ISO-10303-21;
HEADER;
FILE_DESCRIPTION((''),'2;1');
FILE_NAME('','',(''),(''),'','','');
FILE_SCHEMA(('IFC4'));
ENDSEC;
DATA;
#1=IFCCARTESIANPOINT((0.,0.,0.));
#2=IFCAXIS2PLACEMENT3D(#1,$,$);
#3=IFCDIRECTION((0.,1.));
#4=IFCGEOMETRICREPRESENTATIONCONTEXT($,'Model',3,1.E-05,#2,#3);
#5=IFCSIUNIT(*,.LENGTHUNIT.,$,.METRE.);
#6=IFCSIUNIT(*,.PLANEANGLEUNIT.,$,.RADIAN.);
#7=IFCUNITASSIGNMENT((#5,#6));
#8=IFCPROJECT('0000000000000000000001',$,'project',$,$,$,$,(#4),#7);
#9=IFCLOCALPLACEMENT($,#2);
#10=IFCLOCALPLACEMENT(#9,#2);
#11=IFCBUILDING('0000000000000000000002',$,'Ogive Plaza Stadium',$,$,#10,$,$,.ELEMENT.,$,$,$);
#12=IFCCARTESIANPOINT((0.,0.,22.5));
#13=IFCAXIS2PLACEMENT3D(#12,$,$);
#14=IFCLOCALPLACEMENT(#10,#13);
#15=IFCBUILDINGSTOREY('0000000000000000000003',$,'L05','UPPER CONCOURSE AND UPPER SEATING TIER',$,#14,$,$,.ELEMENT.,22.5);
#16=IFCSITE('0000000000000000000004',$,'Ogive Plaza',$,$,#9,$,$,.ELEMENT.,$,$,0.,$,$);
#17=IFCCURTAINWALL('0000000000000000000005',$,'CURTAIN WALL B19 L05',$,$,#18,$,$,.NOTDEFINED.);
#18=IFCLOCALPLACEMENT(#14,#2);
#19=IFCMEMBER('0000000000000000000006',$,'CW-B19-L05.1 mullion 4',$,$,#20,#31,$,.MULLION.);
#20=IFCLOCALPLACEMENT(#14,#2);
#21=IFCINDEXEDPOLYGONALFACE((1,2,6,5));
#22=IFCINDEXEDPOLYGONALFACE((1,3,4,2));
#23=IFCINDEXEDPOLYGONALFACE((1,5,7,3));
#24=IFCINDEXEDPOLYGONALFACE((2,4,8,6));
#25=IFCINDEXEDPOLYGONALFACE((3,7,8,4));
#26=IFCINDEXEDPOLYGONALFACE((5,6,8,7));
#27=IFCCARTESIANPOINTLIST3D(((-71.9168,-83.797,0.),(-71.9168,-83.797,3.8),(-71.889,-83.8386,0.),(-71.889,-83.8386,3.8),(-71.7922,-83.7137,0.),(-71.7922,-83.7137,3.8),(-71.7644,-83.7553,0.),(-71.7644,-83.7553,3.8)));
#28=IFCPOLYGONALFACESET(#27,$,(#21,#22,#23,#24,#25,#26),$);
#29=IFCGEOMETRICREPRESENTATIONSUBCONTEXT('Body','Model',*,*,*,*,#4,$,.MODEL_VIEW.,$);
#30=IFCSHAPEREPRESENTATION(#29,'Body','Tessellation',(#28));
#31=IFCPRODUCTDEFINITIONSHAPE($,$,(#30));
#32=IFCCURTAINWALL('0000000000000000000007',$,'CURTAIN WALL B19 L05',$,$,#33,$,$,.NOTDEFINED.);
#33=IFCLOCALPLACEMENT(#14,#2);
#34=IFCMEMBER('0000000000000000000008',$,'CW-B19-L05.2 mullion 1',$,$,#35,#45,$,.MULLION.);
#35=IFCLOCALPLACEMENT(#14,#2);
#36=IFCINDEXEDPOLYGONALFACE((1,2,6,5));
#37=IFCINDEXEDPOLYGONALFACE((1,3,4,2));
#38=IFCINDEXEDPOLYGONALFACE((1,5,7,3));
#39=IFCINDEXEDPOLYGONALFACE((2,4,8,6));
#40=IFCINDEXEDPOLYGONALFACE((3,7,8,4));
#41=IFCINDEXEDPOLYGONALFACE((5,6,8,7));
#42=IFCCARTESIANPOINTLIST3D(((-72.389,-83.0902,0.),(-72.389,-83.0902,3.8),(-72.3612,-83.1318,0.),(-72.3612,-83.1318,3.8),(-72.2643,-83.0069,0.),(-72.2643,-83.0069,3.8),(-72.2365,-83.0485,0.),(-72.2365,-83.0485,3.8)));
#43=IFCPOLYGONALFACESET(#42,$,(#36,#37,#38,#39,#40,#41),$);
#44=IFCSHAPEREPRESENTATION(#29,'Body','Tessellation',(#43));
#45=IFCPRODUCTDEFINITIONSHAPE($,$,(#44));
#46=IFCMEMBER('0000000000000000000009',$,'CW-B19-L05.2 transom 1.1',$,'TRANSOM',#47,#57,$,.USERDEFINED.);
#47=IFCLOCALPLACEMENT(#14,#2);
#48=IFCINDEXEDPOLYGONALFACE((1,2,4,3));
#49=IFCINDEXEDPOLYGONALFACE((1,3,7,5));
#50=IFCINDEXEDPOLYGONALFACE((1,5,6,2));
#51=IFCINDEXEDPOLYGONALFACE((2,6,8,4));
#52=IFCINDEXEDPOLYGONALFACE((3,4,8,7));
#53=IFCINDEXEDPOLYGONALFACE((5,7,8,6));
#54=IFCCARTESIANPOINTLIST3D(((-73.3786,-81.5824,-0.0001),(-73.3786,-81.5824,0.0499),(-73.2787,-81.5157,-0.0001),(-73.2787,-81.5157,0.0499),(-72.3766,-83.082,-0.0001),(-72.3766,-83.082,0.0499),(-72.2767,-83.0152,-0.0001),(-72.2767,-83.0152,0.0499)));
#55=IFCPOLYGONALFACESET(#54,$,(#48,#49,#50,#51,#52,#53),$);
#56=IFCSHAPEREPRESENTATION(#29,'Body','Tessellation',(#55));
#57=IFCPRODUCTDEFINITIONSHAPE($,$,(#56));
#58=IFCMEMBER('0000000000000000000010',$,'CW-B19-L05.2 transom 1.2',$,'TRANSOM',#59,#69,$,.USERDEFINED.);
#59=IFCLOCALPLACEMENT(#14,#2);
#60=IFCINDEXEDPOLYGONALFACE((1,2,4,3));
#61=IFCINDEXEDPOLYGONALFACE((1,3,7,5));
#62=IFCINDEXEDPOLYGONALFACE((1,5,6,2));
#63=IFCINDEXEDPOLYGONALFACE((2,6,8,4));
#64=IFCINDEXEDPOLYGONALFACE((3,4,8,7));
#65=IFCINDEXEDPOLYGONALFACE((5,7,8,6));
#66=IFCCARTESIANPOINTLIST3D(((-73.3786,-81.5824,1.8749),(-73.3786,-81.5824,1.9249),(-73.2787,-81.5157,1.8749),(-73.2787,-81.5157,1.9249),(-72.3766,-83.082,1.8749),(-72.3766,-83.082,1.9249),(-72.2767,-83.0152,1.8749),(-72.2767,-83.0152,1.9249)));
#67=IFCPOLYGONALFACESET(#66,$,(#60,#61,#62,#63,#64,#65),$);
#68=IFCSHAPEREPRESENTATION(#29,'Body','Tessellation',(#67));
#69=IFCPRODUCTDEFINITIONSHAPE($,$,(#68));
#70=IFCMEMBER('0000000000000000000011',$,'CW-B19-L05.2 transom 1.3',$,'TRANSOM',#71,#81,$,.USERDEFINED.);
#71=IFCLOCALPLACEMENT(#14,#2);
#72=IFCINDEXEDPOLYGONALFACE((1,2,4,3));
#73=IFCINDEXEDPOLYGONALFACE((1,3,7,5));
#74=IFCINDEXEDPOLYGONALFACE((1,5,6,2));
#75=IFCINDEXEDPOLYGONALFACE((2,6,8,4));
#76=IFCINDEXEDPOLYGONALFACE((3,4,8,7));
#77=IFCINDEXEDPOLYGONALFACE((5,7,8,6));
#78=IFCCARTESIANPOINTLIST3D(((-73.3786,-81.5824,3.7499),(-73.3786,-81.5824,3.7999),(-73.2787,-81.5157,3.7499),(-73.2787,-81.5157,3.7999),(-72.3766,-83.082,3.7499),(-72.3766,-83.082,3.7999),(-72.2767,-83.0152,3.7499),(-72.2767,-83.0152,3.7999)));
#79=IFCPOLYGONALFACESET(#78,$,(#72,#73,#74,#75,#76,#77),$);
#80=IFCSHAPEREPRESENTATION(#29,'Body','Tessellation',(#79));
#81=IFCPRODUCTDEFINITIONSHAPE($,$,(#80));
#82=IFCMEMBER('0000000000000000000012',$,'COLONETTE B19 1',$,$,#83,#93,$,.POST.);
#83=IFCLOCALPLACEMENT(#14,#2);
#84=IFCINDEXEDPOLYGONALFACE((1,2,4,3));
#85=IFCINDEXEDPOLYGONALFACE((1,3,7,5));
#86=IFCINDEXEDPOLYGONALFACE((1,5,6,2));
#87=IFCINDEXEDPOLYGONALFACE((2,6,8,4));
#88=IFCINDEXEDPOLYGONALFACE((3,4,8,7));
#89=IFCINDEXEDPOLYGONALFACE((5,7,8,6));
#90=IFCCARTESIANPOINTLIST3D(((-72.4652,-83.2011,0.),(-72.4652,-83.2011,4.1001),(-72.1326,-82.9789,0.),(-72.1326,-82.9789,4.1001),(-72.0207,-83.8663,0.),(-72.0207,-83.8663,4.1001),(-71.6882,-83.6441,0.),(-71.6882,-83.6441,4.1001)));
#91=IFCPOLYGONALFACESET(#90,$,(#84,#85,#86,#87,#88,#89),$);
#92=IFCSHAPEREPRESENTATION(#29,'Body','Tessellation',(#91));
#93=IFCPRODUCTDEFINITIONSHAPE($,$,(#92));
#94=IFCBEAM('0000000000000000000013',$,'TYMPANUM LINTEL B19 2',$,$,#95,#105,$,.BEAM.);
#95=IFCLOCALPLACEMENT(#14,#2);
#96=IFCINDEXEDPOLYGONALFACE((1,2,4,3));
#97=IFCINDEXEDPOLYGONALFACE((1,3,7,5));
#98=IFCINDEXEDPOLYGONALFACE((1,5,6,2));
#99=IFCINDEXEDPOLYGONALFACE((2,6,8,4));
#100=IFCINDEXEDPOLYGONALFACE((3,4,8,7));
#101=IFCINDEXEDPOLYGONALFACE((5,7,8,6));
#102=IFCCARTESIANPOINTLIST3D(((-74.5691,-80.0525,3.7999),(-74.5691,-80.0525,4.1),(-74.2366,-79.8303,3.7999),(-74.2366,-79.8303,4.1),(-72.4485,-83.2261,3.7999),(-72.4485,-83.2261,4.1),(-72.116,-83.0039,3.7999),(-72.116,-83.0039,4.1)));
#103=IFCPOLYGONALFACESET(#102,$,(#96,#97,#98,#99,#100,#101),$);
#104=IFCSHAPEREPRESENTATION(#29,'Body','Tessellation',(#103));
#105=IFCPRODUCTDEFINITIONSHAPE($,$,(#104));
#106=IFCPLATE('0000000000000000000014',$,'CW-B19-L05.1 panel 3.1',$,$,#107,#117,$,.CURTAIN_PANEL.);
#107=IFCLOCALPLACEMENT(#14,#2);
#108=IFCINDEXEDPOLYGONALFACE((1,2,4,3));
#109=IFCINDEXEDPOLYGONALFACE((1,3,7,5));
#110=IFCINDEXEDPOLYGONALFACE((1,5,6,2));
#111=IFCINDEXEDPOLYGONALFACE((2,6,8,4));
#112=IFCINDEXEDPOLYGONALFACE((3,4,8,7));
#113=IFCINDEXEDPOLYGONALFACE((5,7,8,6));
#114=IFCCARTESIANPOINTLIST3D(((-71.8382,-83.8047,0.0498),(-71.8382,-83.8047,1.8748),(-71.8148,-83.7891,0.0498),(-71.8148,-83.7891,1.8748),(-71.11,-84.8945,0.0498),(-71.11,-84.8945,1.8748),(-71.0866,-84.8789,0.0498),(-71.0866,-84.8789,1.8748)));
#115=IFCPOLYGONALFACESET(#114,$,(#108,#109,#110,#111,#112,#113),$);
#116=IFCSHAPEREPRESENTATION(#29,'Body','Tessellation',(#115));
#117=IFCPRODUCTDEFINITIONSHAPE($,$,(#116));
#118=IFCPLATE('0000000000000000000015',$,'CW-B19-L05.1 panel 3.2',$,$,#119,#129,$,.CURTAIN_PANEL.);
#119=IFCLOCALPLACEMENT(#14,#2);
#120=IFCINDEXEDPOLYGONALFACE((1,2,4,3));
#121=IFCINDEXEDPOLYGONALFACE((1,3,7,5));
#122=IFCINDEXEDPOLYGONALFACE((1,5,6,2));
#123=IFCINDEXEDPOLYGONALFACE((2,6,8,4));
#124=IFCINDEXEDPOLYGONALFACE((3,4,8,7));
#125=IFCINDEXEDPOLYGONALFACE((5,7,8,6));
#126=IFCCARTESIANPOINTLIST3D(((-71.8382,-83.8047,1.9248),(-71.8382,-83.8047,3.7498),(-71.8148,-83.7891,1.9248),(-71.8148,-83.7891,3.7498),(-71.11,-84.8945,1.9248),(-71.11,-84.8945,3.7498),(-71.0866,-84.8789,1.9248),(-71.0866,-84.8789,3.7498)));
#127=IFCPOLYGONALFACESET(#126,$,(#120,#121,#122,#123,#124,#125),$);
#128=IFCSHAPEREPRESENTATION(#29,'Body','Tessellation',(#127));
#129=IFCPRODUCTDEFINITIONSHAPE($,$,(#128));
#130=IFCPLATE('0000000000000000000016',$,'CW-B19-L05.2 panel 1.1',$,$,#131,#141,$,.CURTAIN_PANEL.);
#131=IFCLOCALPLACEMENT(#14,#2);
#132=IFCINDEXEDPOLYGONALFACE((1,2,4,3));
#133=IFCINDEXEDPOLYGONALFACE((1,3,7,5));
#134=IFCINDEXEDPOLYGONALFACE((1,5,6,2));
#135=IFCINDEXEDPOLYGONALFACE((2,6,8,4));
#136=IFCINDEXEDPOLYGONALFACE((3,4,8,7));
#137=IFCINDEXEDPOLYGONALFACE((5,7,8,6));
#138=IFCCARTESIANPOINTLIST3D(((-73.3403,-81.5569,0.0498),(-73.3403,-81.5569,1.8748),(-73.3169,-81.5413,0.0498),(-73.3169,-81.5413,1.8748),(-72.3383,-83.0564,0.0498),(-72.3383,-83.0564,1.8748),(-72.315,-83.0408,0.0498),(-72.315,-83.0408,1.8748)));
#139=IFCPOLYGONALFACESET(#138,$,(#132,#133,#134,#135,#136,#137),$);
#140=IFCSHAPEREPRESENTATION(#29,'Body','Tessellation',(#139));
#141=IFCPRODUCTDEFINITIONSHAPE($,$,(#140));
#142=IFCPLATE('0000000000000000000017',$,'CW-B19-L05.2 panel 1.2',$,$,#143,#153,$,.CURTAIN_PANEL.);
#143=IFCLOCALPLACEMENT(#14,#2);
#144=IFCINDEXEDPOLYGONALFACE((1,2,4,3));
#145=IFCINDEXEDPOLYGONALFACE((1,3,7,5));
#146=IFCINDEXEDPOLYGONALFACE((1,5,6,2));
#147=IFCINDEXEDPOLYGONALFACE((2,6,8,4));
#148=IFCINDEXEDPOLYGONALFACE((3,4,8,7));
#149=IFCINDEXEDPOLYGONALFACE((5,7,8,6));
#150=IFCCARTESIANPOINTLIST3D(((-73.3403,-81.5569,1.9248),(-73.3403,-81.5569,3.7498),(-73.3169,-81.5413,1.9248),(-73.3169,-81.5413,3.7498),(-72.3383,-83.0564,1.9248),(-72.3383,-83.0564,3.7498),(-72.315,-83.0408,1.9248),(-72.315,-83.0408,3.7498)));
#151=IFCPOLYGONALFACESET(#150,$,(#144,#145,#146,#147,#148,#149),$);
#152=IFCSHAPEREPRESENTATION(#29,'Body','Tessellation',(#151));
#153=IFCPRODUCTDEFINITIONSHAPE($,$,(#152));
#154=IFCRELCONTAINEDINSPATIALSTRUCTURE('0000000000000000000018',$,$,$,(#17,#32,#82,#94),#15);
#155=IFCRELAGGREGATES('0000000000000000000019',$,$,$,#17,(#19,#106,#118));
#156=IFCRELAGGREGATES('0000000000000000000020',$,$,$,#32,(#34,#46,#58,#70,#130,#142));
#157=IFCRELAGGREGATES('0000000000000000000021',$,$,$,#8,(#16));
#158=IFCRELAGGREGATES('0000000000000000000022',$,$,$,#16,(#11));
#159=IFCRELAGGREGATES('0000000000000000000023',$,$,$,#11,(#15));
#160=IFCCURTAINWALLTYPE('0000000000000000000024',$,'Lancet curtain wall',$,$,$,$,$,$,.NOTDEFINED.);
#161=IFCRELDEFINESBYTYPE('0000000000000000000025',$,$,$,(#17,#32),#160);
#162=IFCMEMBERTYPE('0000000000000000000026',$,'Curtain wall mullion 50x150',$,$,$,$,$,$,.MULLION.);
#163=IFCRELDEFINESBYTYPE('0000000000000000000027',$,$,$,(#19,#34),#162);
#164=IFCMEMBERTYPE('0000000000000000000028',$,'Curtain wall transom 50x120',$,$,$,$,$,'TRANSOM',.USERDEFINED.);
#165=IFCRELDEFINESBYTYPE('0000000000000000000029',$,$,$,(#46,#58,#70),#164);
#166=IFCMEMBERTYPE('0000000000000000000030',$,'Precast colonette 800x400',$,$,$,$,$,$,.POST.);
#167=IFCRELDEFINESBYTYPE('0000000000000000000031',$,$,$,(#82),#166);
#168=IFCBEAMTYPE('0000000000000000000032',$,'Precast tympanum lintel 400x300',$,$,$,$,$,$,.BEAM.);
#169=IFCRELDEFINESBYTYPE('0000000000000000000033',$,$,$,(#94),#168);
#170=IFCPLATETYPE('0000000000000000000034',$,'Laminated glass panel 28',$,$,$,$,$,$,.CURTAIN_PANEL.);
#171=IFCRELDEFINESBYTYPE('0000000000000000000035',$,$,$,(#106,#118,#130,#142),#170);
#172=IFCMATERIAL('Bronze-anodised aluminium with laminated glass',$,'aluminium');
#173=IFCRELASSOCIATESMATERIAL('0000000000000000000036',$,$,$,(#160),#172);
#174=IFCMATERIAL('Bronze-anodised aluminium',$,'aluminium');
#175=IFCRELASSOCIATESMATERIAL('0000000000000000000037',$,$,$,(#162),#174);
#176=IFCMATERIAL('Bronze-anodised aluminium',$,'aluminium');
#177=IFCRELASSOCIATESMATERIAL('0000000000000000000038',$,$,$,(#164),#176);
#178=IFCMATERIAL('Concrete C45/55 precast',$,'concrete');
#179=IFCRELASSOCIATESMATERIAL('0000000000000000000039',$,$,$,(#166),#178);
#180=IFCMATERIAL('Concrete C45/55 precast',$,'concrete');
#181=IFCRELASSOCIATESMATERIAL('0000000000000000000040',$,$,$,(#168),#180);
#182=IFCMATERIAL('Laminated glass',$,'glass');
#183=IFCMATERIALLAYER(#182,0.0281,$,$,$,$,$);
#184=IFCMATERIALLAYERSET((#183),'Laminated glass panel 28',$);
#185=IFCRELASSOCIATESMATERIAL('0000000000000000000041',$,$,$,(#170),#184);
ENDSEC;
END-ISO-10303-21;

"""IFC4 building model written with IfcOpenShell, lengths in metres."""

from ifc_helpers import new_model, si_unit, direction, frame, origin, origin_2d, place, context, subcontext, project, spatial, rectangle, extrude, material, layer, layer_set, material_profile, profile_set, type_object, element, aggregate, save


model = new_model("IFC4")

# Units and contexts
model_context = context("Model", 3, precision=1e-05, world=origin(), true_north=direction((0.0, 1.0)))
body_context = subcontext(model_context, "Body", "Model", "MODEL_VIEW")
ifc_project = project(units=[si_unit("LENGTHUNIT", "METRE"), si_unit("PLANEANGLEUNIT", "RADIAN")], contexts=[model_context])

# Site, building, storey
site_placement = place(None, origin())
site = spatial("IfcSite", under=ifc_project, at=site_placement, Name="Ogive Plaza", CompositionType="ELEMENT", RefElevation=0.0)
building_placement = place(site_placement, origin())
building = spatial("IfcBuilding", under=site, at=building_placement, Name="Ogive Plaza Stadium", CompositionType="ELEMENT")
storey_placement = place(building_placement, frame((0.0, 0.0, 22.5)))
storey = spatial("IfcBuildingStorey", under=building, at=storey_placement, Name="L05", Description="UPPER CONCOURSE AND UPPER SEATING TIER", CompositionType="ELEMENT", Elevation=22.5)

# Curtain wall, member
ifc_material_1 = material(Name="Bronze-anodised aluminium with laminated glass", Category="aluminium")
curtain_wall_type = type_object("IfcCurtainWallType", Name="Lancet curtain wall", PredefinedType="NOTDEFINED", material=ifc_material_1)
curtain_wall_1_placement = place(storey_placement, origin())
curtain_wall_1 = element("IfcCurtainWall", 1, at=curtain_wall_1_placement, inside=storey, type_object=curtain_wall_type, Name="CURTAIN WALL B19 L05", PredefinedType="NOTDEFINED")
ifc_material_2 = material(Name="Bronze-anodised aluminium", Category="aluminium")
ifc_material_profile_1 = material_profile(ifc_material_2, rectangle(XDim=0.1499, YDim=0.05, at=origin_2d()), Name="AL 150x50")
ifc_profile_set_1 = profile_set([ifc_material_profile_1], Name="Bronze-anodised aluminium")
member_type_1 = type_object("IfcMemberType", Name="Curtain wall mullion 50x150", PredefinedType="MULLION", material=ifc_profile_set_1)
member_1_placement = place(storey_placement, frame((-71.8406, -83.7761, 0.0), z_axis=(0.0, 0.0, 1.0), x_axis=(-0.83147, -0.55557, 0.0)))
member_1 = element("IfcMember", 2, at=member_1_placement, type_object=member_type_1, Name="CW-B19-L05.1 mullion 4", PredefinedType="MULLION", context=body_context, shape_type="SweptSolid", body=[
    extrude(rectangle(XDim=0.1499, YDim=0.05, at=origin_2d()), origin(), (0.0, 0.0, 1.0), 3.8),
])

# Curtain wall, members
curtain_wall_2_placement = place(storey_placement, origin())
curtain_wall_2 = element("IfcCurtainWall", 3, at=curtain_wall_2_placement, inside=storey, type_object=curtain_wall_type, Name="CURTAIN WALL B19 L05", PredefinedType="NOTDEFINED")
member_2_placement = place(storey_placement, frame((-72.3127, -83.0693, 0.0), z_axis=(0.0, 0.0, 1.0), x_axis=(-0.83147, -0.55557, 0.0)))
member_2 = element("IfcMember", 4, at=member_2_placement, type_object=member_type_1, Name="CW-B19-L05.2 mullion 1", PredefinedType="MULLION", context=body_context, shape_type="SweptSolid", body=[
    extrude(rectangle(XDim=0.1499, YDim=0.05, at=origin_2d()), origin(), (0.0, 0.0, 1.0), 3.8),
])
ifc_material_3 = material(Name="Bronze-anodised aluminium", Category="aluminium")
ifc_material_profile_2 = material_profile(ifc_material_3, rectangle(XDim=0.1201, YDim=0.05, at=origin_2d()), Name="AL 120x50")
ifc_profile_set_2 = profile_set([ifc_material_profile_2], Name="Bronze-anodised aluminium")
member_type_2 = type_object("IfcMemberType", Name="Curtain wall transom 50x120", ElementType="TRANSOM", PredefinedType="USERDEFINED", material=ifc_profile_set_2)
member_3_placement = place(storey_placement, frame((-72.3267, -83.0486, 0.0249), z_axis=(-0.555575, 0.831467, 0.0), x_axis=(-0.831467, -0.555575, 0.0)))
member_3 = element("IfcMember", 5, at=member_3_placement, type_object=member_type_2, Name="CW-B19-L05.2 transom 1.1", ObjectType="TRANSOM", PredefinedType="USERDEFINED", context=body_context, shape_type="SweptSolid", body=[
    extrude(rectangle(XDim=0.1201, YDim=0.05, at=origin_2d()), origin(), (0.0, 0.0, 1.0), 1.8035),
])
member_4_placement = place(storey_placement, frame((-72.3267, -83.0486, 1.8999), z_axis=(-0.555575, 0.831467, 0.0), x_axis=(-0.831467, -0.555575, 0.0)))
member_4 = element("IfcMember", 6, at=member_4_placement, type_object=member_type_2, Name="CW-B19-L05.2 transom 1.2", ObjectType="TRANSOM", PredefinedType="USERDEFINED", context=body_context, shape_type="SweptSolid", body=[
    extrude(rectangle(XDim=0.1201, YDim=0.05, at=origin_2d()), origin(), (0.0, 0.0, 1.0), 1.8035),
])
member_5_placement = place(storey_placement, frame((-72.3267, -83.0486, 3.7749), z_axis=(-0.555575, 0.831467, 0.0), x_axis=(-0.831467, -0.555575, 0.0)))
member_5 = element("IfcMember", 7, at=member_5_placement, type_object=member_type_2, Name="CW-B19-L05.2 transom 1.3", ObjectType="TRANSOM", PredefinedType="USERDEFINED", context=body_context, shape_type="SweptSolid", body=[
    extrude(rectangle(XDim=0.1201, YDim=0.05, at=origin_2d()), origin(), (0.0, 0.0, 1.0), 1.8035),
])

# Member
ifc_material_4 = material(Name="Concrete C45/55 precast", Category="concrete")
ifc_material_profile_3 = material_profile(ifc_material_4, rectangle(XDim=0.3999, YDim=0.8, at=origin_2d()), Name="RC 400x800")
ifc_profile_set_3 = profile_set([ifc_material_profile_3], Name="Concrete C45/55 precast")
member_type_3 = type_object("IfcMemberType", Name="Precast colonette 800x400", PredefinedType="POST", material=ifc_profile_set_3)
member_6_placement = place(storey_placement, frame((-72.0767, -83.4226, 0.0), z_axis=(0.0, 0.0, 1.0), x_axis=(-0.83147, -0.55557, 0.0)))
element("IfcMember", 8, at=member_6_placement, inside=storey, type_object=member_type_3, Name="COLONETTE B19 1", PredefinedType="POST", context=body_context, shape_type="SweptSolid", body=[
    extrude(rectangle(XDim=0.3999, YDim=0.8, at=origin_2d()), origin(), (0.0, 0.0, 1.0), 4.1001),
])

# Beam
ifc_material_5 = material(Name="Concrete C45/55 precast", Category="concrete")
ifc_material_profile_4 = material_profile(ifc_material_5, rectangle(XDim=0.3999, YDim=0.3, at=origin_2d()), Name="RC 400x300")
ifc_profile_set_4 = profile_set([ifc_material_profile_4], Name="Concrete C45/55 precast")
beam_type = type_object("IfcBeamType", Name="Precast tympanum lintel 400x300", PredefinedType="BEAM", material=ifc_profile_set_4)
beam_placement = place(storey_placement, frame((-72.2822, -83.115, 3.95), z_axis=(-0.555586, 0.831459, 0.0), x_axis=(-0.831459, -0.555586, 0.0)))
element("IfcBeam", 9, at=beam_placement, inside=storey, type_object=beam_type, Name="TYMPANUM LINTEL B19 2", PredefinedType="BEAM", context=body_context, shape_type="SweptSolid", body=[
    extrude(rectangle(XDim=0.3999, YDim=0.3, at=origin_2d()), origin(), (0.0, 0.0, 1.0), 3.8169),
])

# Plates
ifc_material_6 = material(Name="Laminated glass", Category="glass")
ifc_layer_1 = layer(ifc_material_6, 0.0281)
ifc_layer_set_1 = layer_set([ifc_layer_1], Name="Laminated glass panel 28")
plate_type = type_object("IfcPlateType", Name="Laminated glass panel 28", PredefinedType="CURTAIN_PANEL", material=ifc_layer_set_1)
plate_1_placement = place(storey_placement, frame((-71.4624, -84.3418, 0.0498), z_axis=(0.0, 0.0, 1.0), x_axis=(-0.55557, 0.83147, 0.0)))
plate_1 = element("IfcPlate", 10, at=plate_1_placement, type_object=plate_type, Name="CW-B19-L05.1 panel 3.1", PredefinedType="CURTAIN_PANEL", context=body_context, shape_type="SweptSolid", body=[
    extrude(rectangle(XDim=1.3108, YDim=0.0281, at=origin_2d()), origin(), (0.0, 0.0, 1.0), 1.825),
])
plate_2_placement = place(storey_placement, frame((-71.4624, -84.3418, 1.9248), z_axis=(0.0, 0.0, 1.0), x_axis=(-0.55557, 0.83147, 0.0)))
plate_2 = element("IfcPlate", 11, at=plate_2_placement, type_object=plate_type, Name="CW-B19-L05.1 panel 3.2", PredefinedType="CURTAIN_PANEL", context=body_context, shape_type="SweptSolid", body=[
    extrude(rectangle(XDim=1.3108, YDim=0.0281, at=origin_2d()), origin(), (0.0, 0.0, 1.0), 1.825),
])
aggregate(curtain_wall_1, [member_1, plate_1, plate_2])
plate_3_placement = place(storey_placement, frame((-72.8276, -82.2988, 0.0498), z_axis=(0.0, 0.0, 1.0), x_axis=(-0.55557, 0.83147, 0.0)))
plate_3 = element("IfcPlate", 12, at=plate_3_placement, type_object=plate_type, Name="CW-B19-L05.2 panel 1.1", PredefinedType="CURTAIN_PANEL", context=body_context, shape_type="SweptSolid", body=[
    extrude(rectangle(XDim=1.8035, YDim=0.0281, at=origin_2d()), origin(), (0.0, 0.0, 1.0), 1.825),
])
plate_4_placement = place(storey_placement, frame((-72.8276, -82.2988, 1.9248), z_axis=(0.0, 0.0, 1.0), x_axis=(-0.55557, 0.83147, 0.0)))
plate_4 = element("IfcPlate", 13, at=plate_4_placement, type_object=plate_type, Name="CW-B19-L05.2 panel 1.2", PredefinedType="CURTAIN_PANEL", context=body_context, shape_type="SweptSolid", body=[
    extrude(rectangle(XDim=1.8035, YDim=0.0281, at=origin_2d()), origin(), (0.0, 0.0, 1.0), 1.825),
])
aggregate(curtain_wall_2, [member_2, member_3, member_4, member_5, plate_3, plate_4])

save(model, "model.ifc")
